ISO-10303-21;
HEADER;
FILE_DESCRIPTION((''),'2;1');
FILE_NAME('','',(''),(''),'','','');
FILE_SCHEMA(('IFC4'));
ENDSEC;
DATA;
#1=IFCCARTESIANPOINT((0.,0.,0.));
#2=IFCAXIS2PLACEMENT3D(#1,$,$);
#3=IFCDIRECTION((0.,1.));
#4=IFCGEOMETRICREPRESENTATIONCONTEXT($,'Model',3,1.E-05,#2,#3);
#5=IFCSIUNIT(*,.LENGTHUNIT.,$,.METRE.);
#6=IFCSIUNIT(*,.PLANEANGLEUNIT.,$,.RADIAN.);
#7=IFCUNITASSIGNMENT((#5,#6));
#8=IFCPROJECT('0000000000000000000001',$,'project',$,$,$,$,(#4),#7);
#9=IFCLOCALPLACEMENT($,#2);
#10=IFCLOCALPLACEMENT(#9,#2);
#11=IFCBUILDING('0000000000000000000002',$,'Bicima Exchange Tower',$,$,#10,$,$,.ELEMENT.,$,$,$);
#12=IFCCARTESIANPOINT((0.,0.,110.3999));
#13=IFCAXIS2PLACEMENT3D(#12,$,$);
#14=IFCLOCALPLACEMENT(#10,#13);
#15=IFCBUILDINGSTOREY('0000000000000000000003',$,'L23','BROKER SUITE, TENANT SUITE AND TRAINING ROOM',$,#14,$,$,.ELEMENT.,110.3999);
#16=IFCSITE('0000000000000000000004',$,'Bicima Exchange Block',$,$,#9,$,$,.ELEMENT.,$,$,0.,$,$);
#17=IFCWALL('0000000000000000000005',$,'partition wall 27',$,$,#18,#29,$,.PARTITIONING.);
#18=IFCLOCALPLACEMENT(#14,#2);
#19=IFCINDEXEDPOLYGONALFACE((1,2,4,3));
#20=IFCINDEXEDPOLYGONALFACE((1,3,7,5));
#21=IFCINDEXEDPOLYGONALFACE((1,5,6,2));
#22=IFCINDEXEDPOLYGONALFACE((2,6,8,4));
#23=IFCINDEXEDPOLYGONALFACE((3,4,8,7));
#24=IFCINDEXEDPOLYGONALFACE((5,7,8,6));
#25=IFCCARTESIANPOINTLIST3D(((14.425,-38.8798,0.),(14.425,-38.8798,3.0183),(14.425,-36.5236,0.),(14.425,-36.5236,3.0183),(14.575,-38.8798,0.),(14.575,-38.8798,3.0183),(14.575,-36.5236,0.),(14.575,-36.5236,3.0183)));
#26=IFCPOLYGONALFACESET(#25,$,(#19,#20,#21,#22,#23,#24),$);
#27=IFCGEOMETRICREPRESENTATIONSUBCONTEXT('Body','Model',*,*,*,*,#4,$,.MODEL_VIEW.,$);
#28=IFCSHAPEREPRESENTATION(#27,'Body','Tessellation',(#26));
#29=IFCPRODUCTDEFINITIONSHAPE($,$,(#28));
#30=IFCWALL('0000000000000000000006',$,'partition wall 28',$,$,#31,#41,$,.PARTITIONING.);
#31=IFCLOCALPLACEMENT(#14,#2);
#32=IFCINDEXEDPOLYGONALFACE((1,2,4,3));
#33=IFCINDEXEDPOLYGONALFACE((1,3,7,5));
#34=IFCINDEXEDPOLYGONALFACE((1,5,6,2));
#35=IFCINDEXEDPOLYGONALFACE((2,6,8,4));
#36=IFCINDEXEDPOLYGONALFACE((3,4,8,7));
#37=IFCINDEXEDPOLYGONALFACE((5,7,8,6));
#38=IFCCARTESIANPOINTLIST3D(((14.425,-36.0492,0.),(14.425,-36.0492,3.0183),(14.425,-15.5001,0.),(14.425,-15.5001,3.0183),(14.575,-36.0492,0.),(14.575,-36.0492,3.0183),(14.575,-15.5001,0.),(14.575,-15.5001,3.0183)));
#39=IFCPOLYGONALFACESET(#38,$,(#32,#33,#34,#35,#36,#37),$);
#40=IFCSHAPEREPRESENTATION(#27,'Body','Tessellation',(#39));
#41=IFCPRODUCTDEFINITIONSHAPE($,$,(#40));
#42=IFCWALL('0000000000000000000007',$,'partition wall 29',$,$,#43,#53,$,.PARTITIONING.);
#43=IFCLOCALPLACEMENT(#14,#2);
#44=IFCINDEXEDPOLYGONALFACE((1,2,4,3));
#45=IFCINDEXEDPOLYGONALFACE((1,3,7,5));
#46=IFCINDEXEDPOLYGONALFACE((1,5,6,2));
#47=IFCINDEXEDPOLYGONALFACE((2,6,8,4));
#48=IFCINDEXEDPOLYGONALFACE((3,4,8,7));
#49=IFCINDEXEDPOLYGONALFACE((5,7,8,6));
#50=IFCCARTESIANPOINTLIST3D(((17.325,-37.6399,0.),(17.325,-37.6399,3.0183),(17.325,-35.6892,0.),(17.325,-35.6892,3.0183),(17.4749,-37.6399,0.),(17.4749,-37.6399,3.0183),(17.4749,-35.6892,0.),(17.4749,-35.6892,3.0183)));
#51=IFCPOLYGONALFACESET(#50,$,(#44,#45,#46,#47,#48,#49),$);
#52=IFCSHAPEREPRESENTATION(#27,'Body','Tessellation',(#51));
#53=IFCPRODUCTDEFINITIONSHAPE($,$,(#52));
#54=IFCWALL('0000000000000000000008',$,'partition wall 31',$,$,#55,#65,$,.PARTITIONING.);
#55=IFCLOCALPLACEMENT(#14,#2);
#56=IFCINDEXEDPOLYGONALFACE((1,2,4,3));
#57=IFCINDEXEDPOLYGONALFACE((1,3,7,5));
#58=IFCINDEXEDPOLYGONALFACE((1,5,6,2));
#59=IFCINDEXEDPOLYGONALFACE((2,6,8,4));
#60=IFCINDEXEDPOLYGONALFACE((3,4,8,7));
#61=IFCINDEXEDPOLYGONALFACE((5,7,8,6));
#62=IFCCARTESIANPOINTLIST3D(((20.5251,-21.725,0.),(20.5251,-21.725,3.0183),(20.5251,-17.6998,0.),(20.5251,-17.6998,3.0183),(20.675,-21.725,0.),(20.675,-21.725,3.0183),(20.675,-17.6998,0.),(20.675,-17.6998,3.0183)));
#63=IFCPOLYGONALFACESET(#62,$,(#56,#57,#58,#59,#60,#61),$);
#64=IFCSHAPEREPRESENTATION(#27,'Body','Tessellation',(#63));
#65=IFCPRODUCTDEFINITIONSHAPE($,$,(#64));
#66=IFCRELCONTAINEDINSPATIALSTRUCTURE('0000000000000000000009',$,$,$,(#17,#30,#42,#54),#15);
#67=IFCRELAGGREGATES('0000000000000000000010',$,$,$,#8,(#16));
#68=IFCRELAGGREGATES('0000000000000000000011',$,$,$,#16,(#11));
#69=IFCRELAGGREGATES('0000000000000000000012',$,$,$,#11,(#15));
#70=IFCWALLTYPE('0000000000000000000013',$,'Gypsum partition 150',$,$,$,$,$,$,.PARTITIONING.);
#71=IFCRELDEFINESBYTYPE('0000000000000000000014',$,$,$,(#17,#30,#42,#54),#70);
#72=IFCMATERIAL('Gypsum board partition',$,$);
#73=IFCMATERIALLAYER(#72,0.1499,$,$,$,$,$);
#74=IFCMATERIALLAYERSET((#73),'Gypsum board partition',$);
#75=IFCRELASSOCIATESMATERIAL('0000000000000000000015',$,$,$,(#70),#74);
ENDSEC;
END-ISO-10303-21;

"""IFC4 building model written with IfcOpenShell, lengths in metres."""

from ifc_helpers import new_model, si_unit, direction, frame, frame_2d, origin, place, context, subcontext, project, spatial, rectangle, extrude, material, layer, layer_set, type_object, element, save


model = new_model("IFC4")

# Units and contexts
model_context = context("Model", 3, precision=1e-05, world=origin(), true_north=direction((0.0, 1.0)))
body_context = subcontext(model_context, "Body", "Model", "MODEL_VIEW")
ifc_project = project(units=[si_unit("LENGTHUNIT", "METRE"), si_unit("PLANEANGLEUNIT", "RADIAN")], contexts=[model_context])

# Site, building, storey
site_placement = place(None, origin())
site = spatial("IfcSite", under=ifc_project, at=site_placement, Name="Bicima Exchange Block", CompositionType="ELEMENT", RefElevation=0.0)
building_placement = place(site_placement, origin())
building = spatial("IfcBuilding", under=site, at=building_placement, Name="Bicima Exchange Tower", CompositionType="ELEMENT")
storey_placement = place(building_placement, frame((0.0, 0.0, 110.3999)))
storey = spatial("IfcBuildingStorey", under=building, at=storey_placement, Name="L23", Description="BROKER SUITE, TENANT SUITE AND TRAINING ROOM", CompositionType="ELEMENT", Elevation=110.3999)

# Walls
ifc_material_1 = material(Name="Gypsum board partition")
ifc_layer_1 = layer(ifc_material_1, 0.1499)
ifc_layer_set_1 = layer_set([ifc_layer_1], Name="Gypsum board partition")
wall_type_1 = type_object("IfcWallType", Name="Gypsum partition 150", PredefinedType="PARTITIONING", material=ifc_layer_set_1)
wall_1_placement = place(storey_placement, frame((14.5, -38.8799, 0.0), z_axis=(0.0, 0.0, 1.0), x_axis=(0.0, 1.0, 0.0)))
element("IfcWall", 1, at=wall_1_placement, inside=storey, type_object=wall_type_1, Name="partition wall 27", PredefinedType="PARTITIONING", context=body_context, shape_type="SweptSolid", body=[
    extrude(rectangle(XDim=2.3562, YDim=0.1499, at=frame_2d((1.1782, 0.0))), origin(), (0.0, 0.0, 1.0), 3.0183),
])
wall_2_placement = place(storey_placement, frame((14.5, -36.0491, 0.0), z_axis=(0.0, 0.0, 1.0), x_axis=(0.0, 1.0, 0.0)))
element("IfcWall", 2, at=wall_2_placement, inside=storey, type_object=wall_type_1, Name="partition wall 28", PredefinedType="PARTITIONING", context=body_context, shape_type="SweptSolid", body=[
    extrude(rectangle(XDim=20.5491, YDim=0.1499, at=frame_2d((10.2744, 0.0))), origin(), (0.0, 0.0, 1.0), 3.0183),
])
wall_3_placement = place(storey_placement, frame((17.3999, -37.6399, 0.0), z_axis=(0.0, 0.0, 1.0), x_axis=(0.0, 1.0, 0.0)))
element("IfcWall", 3, at=wall_3_placement, inside=storey, type_object=wall_type_1, Name="partition wall 29", PredefinedType="PARTITIONING", context=body_context, shape_type="SweptSolid", body=[
    extrude(rectangle(XDim=1.9507, YDim=0.1499, at=frame_2d((0.9753, 0.0))), origin(), (0.0, 0.0, 1.0), 3.0183),
])
wall_4_placement = place(storey_placement, frame((20.6001, -21.7251, 0.0), z_axis=(0.0, 0.0, 1.0), x_axis=(0.0, 1.0, 0.0)))
element("IfcWall", 4, at=wall_4_placement, inside=storey, type_object=wall_type_1, Name="partition wall 31", PredefinedType="PARTITIONING", context=body_context, shape_type="SweptSolid", body=[
    extrude(rectangle(XDim=4.0251, YDim=0.1499, at=frame_2d((2.0127, 0.0))), origin(), (0.0, 0.0, 1.0), 3.0183),
])

save(model, "model.ifc")
